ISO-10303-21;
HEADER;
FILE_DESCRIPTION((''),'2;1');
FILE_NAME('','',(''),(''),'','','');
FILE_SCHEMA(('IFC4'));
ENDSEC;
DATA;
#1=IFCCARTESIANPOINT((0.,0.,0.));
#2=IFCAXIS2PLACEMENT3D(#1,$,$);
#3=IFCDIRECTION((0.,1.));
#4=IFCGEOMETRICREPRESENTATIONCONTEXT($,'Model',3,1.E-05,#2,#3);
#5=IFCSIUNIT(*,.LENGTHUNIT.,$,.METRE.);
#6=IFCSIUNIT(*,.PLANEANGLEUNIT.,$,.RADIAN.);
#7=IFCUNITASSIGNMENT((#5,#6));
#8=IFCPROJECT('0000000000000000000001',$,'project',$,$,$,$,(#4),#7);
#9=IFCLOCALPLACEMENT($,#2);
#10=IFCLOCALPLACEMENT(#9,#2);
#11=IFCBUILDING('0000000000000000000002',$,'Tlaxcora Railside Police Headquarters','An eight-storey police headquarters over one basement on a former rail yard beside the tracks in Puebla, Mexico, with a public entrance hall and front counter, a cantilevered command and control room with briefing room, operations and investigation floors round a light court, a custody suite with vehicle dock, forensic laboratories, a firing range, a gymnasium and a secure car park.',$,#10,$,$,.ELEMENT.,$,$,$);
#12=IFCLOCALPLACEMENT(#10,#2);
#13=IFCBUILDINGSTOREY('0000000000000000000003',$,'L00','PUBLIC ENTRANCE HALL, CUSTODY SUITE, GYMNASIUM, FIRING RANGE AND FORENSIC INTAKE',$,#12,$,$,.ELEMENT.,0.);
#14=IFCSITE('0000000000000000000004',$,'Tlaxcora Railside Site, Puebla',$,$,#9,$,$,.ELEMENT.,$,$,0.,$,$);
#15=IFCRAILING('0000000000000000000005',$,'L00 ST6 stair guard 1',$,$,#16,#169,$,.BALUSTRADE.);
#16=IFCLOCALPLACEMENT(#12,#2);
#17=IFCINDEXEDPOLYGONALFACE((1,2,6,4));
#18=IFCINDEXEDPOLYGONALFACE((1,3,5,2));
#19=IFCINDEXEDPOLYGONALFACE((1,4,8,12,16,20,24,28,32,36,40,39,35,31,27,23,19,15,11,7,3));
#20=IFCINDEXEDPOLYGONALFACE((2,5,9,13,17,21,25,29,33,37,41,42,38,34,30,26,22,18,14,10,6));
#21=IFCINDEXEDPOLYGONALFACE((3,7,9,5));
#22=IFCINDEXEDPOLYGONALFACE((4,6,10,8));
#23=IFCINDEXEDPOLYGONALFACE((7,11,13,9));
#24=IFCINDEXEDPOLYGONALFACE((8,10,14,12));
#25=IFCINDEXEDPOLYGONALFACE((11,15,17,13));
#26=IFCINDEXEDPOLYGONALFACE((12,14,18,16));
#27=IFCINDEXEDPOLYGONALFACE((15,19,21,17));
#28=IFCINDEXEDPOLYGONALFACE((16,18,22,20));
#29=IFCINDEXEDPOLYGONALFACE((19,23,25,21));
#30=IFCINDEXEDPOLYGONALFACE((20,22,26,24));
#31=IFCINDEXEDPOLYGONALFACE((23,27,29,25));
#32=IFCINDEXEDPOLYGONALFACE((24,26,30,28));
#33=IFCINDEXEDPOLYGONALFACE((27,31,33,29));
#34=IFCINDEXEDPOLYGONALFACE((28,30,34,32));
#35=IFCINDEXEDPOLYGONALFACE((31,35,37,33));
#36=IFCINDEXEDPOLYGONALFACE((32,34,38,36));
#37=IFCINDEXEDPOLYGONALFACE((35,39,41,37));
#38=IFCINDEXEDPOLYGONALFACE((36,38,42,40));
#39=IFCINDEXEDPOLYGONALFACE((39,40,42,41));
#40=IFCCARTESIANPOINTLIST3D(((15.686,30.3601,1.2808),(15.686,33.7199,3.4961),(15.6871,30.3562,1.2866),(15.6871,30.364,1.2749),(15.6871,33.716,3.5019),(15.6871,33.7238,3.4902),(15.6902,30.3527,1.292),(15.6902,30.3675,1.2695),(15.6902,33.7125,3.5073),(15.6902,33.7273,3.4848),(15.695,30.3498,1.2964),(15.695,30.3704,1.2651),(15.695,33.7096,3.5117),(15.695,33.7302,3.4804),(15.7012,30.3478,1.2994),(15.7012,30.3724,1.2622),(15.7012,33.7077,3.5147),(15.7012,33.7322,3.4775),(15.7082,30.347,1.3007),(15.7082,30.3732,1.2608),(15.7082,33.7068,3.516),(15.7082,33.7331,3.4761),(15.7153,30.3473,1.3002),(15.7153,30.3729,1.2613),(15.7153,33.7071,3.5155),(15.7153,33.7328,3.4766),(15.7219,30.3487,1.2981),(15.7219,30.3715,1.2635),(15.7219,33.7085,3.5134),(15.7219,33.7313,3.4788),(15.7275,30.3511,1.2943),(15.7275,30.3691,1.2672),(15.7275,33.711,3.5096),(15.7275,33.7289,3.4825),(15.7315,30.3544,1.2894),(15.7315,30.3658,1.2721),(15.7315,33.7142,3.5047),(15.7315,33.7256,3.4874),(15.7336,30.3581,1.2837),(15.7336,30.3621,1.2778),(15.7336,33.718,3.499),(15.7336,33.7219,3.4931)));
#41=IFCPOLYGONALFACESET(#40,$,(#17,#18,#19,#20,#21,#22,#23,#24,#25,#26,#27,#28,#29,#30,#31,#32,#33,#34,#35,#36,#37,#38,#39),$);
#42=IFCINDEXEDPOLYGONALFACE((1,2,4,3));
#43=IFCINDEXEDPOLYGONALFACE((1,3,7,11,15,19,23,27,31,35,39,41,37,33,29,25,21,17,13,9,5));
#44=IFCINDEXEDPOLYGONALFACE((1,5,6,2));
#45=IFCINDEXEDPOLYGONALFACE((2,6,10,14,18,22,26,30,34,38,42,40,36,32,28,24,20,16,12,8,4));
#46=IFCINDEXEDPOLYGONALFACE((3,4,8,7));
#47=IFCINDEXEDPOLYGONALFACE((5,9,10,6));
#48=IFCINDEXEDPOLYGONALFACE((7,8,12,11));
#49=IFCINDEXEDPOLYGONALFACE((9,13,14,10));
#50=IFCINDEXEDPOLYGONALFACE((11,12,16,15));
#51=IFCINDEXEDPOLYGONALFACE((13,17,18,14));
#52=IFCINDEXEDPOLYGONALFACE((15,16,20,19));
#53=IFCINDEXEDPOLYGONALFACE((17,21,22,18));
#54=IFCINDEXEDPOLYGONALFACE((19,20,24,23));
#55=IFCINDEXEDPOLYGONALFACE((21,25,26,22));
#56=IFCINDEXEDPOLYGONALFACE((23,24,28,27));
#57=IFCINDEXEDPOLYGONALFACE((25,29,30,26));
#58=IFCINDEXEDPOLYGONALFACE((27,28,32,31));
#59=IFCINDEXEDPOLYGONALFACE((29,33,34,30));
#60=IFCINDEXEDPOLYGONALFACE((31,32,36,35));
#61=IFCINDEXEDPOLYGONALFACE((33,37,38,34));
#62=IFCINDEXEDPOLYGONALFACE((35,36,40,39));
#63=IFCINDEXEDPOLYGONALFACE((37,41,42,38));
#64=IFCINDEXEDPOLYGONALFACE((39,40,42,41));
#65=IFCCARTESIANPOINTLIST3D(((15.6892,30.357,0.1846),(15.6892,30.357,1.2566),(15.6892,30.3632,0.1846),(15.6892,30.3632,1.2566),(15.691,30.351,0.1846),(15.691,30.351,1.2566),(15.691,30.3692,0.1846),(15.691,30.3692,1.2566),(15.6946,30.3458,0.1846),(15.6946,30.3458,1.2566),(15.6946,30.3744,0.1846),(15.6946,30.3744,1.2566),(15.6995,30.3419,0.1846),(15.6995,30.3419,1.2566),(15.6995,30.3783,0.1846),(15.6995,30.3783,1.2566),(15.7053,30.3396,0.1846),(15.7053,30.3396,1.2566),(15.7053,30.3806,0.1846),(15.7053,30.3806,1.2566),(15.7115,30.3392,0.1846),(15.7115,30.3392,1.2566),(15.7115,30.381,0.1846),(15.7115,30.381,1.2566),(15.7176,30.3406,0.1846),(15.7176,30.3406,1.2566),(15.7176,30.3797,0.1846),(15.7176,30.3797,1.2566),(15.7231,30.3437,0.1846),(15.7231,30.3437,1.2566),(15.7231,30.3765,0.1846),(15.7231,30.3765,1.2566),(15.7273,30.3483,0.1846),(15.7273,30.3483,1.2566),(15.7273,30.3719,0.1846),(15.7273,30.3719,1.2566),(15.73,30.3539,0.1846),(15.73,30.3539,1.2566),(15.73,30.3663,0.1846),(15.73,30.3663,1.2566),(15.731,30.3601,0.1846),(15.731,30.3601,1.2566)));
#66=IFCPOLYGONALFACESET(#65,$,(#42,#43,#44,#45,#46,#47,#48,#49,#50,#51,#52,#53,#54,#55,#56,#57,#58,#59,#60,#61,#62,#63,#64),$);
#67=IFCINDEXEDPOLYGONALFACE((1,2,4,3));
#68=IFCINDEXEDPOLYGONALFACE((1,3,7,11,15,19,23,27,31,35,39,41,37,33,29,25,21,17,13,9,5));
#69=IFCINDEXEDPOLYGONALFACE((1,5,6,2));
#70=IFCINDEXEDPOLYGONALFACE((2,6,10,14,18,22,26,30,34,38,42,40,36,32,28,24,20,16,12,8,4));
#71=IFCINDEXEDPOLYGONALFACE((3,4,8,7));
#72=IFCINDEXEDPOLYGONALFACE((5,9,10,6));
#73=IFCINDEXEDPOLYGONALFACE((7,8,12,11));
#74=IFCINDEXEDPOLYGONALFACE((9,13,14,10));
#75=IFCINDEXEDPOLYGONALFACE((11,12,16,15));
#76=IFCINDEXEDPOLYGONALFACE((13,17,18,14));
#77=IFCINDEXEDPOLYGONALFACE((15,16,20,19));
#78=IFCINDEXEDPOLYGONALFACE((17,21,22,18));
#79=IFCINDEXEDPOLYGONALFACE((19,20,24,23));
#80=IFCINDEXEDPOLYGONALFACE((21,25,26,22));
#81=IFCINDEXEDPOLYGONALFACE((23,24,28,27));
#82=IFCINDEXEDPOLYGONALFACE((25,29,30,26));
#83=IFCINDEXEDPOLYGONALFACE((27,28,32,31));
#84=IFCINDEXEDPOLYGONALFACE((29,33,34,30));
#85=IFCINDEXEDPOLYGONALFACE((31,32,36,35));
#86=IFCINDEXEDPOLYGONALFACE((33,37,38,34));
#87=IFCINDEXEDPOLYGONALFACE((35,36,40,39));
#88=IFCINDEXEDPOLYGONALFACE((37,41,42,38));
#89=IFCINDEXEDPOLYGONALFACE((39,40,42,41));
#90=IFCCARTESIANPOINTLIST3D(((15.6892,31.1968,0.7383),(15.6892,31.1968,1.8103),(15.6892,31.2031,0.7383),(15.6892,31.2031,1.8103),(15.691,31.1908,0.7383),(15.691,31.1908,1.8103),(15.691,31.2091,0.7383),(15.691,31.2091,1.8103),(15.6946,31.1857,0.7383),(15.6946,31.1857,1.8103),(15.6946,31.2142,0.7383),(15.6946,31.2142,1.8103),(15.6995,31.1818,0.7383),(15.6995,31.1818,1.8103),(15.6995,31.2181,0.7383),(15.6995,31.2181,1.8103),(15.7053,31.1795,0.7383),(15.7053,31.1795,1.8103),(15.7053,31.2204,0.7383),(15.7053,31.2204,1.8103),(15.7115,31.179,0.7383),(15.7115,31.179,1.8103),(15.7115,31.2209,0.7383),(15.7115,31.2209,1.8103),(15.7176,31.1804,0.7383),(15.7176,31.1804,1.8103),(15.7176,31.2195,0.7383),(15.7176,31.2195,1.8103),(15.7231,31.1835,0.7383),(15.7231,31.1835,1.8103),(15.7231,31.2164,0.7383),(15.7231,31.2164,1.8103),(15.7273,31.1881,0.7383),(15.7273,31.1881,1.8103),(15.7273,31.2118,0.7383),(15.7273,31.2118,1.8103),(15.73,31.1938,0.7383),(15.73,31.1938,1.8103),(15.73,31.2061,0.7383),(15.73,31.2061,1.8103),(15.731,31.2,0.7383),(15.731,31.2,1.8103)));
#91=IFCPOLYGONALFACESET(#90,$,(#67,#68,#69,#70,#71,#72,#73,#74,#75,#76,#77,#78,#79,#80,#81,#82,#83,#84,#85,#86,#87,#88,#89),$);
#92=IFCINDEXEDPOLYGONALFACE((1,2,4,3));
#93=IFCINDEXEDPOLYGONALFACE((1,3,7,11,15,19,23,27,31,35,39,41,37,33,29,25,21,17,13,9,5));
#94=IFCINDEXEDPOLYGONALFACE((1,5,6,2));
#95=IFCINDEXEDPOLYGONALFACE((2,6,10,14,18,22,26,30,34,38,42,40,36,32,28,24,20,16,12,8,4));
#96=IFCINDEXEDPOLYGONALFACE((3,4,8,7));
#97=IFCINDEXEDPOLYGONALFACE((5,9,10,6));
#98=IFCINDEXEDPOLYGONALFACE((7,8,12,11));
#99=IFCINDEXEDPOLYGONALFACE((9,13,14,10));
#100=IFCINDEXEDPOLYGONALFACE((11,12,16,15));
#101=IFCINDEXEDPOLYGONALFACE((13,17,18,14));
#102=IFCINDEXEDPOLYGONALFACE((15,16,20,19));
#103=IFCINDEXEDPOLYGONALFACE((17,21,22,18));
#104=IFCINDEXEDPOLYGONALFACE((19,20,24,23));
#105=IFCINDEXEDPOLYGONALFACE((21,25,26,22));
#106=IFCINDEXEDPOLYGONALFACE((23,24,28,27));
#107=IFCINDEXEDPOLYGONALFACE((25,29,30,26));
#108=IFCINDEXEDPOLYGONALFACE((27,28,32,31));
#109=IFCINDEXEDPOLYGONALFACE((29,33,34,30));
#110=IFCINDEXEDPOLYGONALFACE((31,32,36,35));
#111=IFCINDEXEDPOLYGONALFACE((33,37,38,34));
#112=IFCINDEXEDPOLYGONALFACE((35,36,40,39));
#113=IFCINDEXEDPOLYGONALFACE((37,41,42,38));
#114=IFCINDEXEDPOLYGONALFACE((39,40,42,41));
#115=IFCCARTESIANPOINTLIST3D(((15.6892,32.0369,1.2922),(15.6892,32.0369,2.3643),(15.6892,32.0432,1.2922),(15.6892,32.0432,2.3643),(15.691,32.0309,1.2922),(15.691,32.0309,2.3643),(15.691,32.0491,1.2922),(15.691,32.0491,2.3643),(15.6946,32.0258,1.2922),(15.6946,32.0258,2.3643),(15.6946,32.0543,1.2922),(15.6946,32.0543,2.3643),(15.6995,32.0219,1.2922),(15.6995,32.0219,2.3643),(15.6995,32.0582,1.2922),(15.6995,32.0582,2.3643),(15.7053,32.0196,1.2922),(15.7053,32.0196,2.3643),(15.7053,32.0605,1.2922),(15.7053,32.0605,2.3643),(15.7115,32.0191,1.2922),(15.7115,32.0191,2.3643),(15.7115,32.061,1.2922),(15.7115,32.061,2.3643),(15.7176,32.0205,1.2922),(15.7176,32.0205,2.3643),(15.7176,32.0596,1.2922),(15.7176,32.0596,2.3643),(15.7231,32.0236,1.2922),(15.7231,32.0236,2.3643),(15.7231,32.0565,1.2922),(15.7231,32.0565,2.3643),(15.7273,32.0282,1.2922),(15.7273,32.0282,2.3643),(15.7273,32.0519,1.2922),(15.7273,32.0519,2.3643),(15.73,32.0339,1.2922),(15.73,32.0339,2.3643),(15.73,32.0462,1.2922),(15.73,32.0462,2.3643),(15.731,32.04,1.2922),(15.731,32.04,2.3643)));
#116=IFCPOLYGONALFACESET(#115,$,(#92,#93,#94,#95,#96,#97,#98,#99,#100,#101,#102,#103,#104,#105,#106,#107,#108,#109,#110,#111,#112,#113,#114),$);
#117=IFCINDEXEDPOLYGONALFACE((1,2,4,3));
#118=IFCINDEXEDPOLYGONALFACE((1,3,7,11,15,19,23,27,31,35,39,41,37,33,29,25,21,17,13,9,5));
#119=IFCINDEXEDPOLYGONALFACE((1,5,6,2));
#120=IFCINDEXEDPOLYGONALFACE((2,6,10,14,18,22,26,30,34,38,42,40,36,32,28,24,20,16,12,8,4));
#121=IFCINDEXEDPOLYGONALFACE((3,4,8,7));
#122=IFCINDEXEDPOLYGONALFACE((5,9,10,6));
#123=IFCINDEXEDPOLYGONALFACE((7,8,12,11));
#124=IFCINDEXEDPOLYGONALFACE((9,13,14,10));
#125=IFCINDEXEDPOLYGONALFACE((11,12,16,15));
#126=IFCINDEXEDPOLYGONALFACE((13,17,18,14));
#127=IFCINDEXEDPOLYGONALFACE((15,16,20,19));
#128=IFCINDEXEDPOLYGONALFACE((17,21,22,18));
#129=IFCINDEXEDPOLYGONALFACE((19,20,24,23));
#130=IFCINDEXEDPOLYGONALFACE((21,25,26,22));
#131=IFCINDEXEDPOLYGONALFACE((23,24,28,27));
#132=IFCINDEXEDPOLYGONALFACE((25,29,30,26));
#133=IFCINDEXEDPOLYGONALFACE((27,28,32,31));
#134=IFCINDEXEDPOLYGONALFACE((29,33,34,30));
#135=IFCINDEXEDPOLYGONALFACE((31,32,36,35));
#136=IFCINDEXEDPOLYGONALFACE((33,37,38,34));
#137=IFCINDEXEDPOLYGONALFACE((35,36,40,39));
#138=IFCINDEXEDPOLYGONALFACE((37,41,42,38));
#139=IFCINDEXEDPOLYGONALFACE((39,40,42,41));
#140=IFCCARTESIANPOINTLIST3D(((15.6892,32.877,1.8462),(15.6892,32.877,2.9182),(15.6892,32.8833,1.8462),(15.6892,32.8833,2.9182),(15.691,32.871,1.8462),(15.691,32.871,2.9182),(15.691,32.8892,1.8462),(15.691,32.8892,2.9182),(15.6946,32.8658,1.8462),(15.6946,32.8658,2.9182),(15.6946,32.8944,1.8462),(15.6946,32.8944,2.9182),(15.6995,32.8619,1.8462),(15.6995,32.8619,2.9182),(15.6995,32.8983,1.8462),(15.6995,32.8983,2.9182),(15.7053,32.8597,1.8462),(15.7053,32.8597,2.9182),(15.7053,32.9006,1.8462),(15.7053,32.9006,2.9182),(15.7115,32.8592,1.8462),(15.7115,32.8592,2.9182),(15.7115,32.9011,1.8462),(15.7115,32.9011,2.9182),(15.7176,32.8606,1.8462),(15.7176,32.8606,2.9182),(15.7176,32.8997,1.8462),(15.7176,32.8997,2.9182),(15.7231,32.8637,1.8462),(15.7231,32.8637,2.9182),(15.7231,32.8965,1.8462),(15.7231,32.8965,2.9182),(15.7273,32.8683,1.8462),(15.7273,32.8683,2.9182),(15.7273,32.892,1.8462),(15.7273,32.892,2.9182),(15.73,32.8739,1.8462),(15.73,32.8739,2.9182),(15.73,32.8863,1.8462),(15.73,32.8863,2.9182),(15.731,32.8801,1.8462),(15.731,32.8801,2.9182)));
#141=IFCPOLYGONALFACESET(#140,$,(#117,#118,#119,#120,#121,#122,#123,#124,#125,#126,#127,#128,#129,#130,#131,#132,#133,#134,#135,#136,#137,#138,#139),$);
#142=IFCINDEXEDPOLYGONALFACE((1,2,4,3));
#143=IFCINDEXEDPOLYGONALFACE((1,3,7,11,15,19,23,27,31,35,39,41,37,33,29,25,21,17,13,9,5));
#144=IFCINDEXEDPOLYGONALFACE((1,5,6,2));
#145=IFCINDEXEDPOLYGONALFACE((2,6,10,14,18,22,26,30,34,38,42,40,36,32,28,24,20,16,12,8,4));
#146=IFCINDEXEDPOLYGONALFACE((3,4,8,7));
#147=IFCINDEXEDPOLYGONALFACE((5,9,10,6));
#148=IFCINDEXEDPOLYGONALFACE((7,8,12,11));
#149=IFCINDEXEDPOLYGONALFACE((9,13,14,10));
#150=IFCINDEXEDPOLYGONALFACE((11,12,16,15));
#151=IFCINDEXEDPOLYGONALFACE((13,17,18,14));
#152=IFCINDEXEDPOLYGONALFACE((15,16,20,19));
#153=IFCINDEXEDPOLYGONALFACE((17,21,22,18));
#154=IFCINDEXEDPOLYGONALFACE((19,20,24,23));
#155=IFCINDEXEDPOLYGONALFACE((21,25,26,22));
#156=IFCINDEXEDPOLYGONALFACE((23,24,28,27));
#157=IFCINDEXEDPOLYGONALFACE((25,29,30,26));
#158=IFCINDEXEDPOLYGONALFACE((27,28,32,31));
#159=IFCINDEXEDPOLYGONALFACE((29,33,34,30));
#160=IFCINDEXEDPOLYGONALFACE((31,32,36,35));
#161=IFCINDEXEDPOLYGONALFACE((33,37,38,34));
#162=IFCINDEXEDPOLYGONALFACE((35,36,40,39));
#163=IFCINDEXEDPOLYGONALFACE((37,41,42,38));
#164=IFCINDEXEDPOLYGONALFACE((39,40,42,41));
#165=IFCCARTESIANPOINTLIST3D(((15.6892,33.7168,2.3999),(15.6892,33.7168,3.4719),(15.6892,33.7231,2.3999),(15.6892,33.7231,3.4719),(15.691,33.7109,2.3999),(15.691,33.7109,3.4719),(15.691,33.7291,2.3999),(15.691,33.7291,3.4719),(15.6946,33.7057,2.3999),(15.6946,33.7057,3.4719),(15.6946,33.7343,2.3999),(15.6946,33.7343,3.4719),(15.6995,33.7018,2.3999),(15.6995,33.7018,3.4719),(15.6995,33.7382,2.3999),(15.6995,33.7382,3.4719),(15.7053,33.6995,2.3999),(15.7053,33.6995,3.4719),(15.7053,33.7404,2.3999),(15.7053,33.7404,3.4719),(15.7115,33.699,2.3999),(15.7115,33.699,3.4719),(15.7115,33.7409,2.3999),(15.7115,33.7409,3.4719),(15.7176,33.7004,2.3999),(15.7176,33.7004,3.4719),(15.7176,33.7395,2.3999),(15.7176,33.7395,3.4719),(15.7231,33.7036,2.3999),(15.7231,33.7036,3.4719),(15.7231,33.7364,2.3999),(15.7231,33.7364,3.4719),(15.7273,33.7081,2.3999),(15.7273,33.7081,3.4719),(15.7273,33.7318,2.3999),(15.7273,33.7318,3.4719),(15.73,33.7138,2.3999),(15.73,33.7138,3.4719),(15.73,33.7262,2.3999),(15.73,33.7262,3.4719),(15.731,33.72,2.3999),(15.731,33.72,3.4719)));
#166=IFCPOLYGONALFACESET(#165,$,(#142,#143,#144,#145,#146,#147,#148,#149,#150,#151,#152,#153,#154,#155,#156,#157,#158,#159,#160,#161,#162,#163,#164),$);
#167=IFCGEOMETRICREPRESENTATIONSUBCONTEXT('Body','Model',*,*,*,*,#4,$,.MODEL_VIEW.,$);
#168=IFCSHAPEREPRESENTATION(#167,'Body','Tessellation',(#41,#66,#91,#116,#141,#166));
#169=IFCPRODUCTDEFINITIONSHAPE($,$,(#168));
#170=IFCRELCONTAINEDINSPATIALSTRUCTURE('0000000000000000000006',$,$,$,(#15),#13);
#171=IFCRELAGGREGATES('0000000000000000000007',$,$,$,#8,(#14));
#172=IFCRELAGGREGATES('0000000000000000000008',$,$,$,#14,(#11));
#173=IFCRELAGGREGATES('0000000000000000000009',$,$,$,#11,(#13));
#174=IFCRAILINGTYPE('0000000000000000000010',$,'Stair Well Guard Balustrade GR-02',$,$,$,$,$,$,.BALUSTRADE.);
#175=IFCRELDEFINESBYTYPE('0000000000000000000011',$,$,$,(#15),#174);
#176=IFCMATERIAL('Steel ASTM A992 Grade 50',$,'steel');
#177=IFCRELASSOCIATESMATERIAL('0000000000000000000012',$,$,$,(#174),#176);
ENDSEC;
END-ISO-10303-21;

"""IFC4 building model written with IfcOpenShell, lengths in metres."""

from ifc_helpers import new_model, si_unit, direction, frame, origin, origin_2d, place, context, subcontext, project, spatial, circle, extrude, material, type_object, element, save


model = new_model("IFC4")

# Units and contexts
model_context = context("Model", 3, precision=1e-05, world=origin(), true_north=direction((0.0, 1.0)))
body_context = subcontext(model_context, "Body", "Model", "MODEL_VIEW")
ifc_project = project(units=[si_unit("LENGTHUNIT", "METRE"), si_unit("PLANEANGLEUNIT", "RADIAN")], contexts=[model_context])

# Site, building, storey
site_placement = place(None, origin())
site = spatial("IfcSite", under=ifc_project, at=site_placement, Name="Tlaxcora Railside Site, Puebla", CompositionType="ELEMENT", RefElevation=0.0)
building_placement = place(site_placement, origin())
building = spatial("IfcBuilding", under=site, at=building_placement, Name="Tlaxcora Railside Police Headquarters", Description="An eight-storey police headquarters over one basement on a former rail yard beside the tracks in Puebla, Mexico, with a public entrance hall and front counter, a cantilevered command and control room with briefing room, operations and investigation floors round a light court, a custody suite with vehicle dock, forensic laboratories, a firing range, a gymnasium and a secure car park.", CompositionType="ELEMENT")
storey_placement = place(building_placement, origin())
storey = spatial("IfcBuildingStorey", under=building, at=storey_placement, Name="L00", Description="PUBLIC ENTRANCE HALL, CUSTODY SUITE, GYMNASIUM, FIRING RANGE AND FORENSIC INTAKE", CompositionType="ELEMENT", Elevation=0.0)

# Shared definitions
ifc_material_1 = material(Name="Steel ASTM A992 Grade 50", Category="steel")

# Railing
railing_type_1 = type_object("IfcRailingType", Name="Stair Well Guard Balustrade GR-02", PredefinedType="BALUSTRADE", material=ifc_material_1)
railing_1_placement = place(storey_placement, frame((15.71, 30.3601, 0.1846)))
element("IfcRailing", 1, at=railing_1_placement, inside=storey, type_object=railing_type_1, Name="L00 ST6 stair guard 1", PredefinedType="BALUSTRADE", context=body_context, shape_type="SweptSolid", body=[
    extrude(circle(Radius=0.0239, at=origin_2d()), frame((0.0, 0.0, 1.0962), z_axis=(0.0, 0.834858, 0.550465), x_axis=(-1.0, 0.0, 0.0)), (0.0, 0.0, 1.0), 4.0244),
    extrude(circle(Radius=0.021, at=origin_2d()), origin(), (0.0, 0.0, 1.0), 1.072),
    extrude(circle(Radius=0.021, at=origin_2d()), frame((0.0, 0.8398, 0.5537)), (0.0, 0.0, 1.0), 1.072),
    extrude(circle(Radius=0.021, at=origin_2d()), frame((0.0, 1.6799, 1.1077)), (0.0, 0.0, 1.0), 1.072),
    extrude(circle(Radius=0.021, at=origin_2d()), frame((0.0, 2.52, 1.6616)), (0.0, 0.0, 1.0), 1.072),
    extrude(circle(Radius=0.021, at=origin_2d()), frame((0.0, 3.3599, 2.2153)), (0.0, 0.0, 1.0), 1.072),
])

save(model, "model.ifc")
